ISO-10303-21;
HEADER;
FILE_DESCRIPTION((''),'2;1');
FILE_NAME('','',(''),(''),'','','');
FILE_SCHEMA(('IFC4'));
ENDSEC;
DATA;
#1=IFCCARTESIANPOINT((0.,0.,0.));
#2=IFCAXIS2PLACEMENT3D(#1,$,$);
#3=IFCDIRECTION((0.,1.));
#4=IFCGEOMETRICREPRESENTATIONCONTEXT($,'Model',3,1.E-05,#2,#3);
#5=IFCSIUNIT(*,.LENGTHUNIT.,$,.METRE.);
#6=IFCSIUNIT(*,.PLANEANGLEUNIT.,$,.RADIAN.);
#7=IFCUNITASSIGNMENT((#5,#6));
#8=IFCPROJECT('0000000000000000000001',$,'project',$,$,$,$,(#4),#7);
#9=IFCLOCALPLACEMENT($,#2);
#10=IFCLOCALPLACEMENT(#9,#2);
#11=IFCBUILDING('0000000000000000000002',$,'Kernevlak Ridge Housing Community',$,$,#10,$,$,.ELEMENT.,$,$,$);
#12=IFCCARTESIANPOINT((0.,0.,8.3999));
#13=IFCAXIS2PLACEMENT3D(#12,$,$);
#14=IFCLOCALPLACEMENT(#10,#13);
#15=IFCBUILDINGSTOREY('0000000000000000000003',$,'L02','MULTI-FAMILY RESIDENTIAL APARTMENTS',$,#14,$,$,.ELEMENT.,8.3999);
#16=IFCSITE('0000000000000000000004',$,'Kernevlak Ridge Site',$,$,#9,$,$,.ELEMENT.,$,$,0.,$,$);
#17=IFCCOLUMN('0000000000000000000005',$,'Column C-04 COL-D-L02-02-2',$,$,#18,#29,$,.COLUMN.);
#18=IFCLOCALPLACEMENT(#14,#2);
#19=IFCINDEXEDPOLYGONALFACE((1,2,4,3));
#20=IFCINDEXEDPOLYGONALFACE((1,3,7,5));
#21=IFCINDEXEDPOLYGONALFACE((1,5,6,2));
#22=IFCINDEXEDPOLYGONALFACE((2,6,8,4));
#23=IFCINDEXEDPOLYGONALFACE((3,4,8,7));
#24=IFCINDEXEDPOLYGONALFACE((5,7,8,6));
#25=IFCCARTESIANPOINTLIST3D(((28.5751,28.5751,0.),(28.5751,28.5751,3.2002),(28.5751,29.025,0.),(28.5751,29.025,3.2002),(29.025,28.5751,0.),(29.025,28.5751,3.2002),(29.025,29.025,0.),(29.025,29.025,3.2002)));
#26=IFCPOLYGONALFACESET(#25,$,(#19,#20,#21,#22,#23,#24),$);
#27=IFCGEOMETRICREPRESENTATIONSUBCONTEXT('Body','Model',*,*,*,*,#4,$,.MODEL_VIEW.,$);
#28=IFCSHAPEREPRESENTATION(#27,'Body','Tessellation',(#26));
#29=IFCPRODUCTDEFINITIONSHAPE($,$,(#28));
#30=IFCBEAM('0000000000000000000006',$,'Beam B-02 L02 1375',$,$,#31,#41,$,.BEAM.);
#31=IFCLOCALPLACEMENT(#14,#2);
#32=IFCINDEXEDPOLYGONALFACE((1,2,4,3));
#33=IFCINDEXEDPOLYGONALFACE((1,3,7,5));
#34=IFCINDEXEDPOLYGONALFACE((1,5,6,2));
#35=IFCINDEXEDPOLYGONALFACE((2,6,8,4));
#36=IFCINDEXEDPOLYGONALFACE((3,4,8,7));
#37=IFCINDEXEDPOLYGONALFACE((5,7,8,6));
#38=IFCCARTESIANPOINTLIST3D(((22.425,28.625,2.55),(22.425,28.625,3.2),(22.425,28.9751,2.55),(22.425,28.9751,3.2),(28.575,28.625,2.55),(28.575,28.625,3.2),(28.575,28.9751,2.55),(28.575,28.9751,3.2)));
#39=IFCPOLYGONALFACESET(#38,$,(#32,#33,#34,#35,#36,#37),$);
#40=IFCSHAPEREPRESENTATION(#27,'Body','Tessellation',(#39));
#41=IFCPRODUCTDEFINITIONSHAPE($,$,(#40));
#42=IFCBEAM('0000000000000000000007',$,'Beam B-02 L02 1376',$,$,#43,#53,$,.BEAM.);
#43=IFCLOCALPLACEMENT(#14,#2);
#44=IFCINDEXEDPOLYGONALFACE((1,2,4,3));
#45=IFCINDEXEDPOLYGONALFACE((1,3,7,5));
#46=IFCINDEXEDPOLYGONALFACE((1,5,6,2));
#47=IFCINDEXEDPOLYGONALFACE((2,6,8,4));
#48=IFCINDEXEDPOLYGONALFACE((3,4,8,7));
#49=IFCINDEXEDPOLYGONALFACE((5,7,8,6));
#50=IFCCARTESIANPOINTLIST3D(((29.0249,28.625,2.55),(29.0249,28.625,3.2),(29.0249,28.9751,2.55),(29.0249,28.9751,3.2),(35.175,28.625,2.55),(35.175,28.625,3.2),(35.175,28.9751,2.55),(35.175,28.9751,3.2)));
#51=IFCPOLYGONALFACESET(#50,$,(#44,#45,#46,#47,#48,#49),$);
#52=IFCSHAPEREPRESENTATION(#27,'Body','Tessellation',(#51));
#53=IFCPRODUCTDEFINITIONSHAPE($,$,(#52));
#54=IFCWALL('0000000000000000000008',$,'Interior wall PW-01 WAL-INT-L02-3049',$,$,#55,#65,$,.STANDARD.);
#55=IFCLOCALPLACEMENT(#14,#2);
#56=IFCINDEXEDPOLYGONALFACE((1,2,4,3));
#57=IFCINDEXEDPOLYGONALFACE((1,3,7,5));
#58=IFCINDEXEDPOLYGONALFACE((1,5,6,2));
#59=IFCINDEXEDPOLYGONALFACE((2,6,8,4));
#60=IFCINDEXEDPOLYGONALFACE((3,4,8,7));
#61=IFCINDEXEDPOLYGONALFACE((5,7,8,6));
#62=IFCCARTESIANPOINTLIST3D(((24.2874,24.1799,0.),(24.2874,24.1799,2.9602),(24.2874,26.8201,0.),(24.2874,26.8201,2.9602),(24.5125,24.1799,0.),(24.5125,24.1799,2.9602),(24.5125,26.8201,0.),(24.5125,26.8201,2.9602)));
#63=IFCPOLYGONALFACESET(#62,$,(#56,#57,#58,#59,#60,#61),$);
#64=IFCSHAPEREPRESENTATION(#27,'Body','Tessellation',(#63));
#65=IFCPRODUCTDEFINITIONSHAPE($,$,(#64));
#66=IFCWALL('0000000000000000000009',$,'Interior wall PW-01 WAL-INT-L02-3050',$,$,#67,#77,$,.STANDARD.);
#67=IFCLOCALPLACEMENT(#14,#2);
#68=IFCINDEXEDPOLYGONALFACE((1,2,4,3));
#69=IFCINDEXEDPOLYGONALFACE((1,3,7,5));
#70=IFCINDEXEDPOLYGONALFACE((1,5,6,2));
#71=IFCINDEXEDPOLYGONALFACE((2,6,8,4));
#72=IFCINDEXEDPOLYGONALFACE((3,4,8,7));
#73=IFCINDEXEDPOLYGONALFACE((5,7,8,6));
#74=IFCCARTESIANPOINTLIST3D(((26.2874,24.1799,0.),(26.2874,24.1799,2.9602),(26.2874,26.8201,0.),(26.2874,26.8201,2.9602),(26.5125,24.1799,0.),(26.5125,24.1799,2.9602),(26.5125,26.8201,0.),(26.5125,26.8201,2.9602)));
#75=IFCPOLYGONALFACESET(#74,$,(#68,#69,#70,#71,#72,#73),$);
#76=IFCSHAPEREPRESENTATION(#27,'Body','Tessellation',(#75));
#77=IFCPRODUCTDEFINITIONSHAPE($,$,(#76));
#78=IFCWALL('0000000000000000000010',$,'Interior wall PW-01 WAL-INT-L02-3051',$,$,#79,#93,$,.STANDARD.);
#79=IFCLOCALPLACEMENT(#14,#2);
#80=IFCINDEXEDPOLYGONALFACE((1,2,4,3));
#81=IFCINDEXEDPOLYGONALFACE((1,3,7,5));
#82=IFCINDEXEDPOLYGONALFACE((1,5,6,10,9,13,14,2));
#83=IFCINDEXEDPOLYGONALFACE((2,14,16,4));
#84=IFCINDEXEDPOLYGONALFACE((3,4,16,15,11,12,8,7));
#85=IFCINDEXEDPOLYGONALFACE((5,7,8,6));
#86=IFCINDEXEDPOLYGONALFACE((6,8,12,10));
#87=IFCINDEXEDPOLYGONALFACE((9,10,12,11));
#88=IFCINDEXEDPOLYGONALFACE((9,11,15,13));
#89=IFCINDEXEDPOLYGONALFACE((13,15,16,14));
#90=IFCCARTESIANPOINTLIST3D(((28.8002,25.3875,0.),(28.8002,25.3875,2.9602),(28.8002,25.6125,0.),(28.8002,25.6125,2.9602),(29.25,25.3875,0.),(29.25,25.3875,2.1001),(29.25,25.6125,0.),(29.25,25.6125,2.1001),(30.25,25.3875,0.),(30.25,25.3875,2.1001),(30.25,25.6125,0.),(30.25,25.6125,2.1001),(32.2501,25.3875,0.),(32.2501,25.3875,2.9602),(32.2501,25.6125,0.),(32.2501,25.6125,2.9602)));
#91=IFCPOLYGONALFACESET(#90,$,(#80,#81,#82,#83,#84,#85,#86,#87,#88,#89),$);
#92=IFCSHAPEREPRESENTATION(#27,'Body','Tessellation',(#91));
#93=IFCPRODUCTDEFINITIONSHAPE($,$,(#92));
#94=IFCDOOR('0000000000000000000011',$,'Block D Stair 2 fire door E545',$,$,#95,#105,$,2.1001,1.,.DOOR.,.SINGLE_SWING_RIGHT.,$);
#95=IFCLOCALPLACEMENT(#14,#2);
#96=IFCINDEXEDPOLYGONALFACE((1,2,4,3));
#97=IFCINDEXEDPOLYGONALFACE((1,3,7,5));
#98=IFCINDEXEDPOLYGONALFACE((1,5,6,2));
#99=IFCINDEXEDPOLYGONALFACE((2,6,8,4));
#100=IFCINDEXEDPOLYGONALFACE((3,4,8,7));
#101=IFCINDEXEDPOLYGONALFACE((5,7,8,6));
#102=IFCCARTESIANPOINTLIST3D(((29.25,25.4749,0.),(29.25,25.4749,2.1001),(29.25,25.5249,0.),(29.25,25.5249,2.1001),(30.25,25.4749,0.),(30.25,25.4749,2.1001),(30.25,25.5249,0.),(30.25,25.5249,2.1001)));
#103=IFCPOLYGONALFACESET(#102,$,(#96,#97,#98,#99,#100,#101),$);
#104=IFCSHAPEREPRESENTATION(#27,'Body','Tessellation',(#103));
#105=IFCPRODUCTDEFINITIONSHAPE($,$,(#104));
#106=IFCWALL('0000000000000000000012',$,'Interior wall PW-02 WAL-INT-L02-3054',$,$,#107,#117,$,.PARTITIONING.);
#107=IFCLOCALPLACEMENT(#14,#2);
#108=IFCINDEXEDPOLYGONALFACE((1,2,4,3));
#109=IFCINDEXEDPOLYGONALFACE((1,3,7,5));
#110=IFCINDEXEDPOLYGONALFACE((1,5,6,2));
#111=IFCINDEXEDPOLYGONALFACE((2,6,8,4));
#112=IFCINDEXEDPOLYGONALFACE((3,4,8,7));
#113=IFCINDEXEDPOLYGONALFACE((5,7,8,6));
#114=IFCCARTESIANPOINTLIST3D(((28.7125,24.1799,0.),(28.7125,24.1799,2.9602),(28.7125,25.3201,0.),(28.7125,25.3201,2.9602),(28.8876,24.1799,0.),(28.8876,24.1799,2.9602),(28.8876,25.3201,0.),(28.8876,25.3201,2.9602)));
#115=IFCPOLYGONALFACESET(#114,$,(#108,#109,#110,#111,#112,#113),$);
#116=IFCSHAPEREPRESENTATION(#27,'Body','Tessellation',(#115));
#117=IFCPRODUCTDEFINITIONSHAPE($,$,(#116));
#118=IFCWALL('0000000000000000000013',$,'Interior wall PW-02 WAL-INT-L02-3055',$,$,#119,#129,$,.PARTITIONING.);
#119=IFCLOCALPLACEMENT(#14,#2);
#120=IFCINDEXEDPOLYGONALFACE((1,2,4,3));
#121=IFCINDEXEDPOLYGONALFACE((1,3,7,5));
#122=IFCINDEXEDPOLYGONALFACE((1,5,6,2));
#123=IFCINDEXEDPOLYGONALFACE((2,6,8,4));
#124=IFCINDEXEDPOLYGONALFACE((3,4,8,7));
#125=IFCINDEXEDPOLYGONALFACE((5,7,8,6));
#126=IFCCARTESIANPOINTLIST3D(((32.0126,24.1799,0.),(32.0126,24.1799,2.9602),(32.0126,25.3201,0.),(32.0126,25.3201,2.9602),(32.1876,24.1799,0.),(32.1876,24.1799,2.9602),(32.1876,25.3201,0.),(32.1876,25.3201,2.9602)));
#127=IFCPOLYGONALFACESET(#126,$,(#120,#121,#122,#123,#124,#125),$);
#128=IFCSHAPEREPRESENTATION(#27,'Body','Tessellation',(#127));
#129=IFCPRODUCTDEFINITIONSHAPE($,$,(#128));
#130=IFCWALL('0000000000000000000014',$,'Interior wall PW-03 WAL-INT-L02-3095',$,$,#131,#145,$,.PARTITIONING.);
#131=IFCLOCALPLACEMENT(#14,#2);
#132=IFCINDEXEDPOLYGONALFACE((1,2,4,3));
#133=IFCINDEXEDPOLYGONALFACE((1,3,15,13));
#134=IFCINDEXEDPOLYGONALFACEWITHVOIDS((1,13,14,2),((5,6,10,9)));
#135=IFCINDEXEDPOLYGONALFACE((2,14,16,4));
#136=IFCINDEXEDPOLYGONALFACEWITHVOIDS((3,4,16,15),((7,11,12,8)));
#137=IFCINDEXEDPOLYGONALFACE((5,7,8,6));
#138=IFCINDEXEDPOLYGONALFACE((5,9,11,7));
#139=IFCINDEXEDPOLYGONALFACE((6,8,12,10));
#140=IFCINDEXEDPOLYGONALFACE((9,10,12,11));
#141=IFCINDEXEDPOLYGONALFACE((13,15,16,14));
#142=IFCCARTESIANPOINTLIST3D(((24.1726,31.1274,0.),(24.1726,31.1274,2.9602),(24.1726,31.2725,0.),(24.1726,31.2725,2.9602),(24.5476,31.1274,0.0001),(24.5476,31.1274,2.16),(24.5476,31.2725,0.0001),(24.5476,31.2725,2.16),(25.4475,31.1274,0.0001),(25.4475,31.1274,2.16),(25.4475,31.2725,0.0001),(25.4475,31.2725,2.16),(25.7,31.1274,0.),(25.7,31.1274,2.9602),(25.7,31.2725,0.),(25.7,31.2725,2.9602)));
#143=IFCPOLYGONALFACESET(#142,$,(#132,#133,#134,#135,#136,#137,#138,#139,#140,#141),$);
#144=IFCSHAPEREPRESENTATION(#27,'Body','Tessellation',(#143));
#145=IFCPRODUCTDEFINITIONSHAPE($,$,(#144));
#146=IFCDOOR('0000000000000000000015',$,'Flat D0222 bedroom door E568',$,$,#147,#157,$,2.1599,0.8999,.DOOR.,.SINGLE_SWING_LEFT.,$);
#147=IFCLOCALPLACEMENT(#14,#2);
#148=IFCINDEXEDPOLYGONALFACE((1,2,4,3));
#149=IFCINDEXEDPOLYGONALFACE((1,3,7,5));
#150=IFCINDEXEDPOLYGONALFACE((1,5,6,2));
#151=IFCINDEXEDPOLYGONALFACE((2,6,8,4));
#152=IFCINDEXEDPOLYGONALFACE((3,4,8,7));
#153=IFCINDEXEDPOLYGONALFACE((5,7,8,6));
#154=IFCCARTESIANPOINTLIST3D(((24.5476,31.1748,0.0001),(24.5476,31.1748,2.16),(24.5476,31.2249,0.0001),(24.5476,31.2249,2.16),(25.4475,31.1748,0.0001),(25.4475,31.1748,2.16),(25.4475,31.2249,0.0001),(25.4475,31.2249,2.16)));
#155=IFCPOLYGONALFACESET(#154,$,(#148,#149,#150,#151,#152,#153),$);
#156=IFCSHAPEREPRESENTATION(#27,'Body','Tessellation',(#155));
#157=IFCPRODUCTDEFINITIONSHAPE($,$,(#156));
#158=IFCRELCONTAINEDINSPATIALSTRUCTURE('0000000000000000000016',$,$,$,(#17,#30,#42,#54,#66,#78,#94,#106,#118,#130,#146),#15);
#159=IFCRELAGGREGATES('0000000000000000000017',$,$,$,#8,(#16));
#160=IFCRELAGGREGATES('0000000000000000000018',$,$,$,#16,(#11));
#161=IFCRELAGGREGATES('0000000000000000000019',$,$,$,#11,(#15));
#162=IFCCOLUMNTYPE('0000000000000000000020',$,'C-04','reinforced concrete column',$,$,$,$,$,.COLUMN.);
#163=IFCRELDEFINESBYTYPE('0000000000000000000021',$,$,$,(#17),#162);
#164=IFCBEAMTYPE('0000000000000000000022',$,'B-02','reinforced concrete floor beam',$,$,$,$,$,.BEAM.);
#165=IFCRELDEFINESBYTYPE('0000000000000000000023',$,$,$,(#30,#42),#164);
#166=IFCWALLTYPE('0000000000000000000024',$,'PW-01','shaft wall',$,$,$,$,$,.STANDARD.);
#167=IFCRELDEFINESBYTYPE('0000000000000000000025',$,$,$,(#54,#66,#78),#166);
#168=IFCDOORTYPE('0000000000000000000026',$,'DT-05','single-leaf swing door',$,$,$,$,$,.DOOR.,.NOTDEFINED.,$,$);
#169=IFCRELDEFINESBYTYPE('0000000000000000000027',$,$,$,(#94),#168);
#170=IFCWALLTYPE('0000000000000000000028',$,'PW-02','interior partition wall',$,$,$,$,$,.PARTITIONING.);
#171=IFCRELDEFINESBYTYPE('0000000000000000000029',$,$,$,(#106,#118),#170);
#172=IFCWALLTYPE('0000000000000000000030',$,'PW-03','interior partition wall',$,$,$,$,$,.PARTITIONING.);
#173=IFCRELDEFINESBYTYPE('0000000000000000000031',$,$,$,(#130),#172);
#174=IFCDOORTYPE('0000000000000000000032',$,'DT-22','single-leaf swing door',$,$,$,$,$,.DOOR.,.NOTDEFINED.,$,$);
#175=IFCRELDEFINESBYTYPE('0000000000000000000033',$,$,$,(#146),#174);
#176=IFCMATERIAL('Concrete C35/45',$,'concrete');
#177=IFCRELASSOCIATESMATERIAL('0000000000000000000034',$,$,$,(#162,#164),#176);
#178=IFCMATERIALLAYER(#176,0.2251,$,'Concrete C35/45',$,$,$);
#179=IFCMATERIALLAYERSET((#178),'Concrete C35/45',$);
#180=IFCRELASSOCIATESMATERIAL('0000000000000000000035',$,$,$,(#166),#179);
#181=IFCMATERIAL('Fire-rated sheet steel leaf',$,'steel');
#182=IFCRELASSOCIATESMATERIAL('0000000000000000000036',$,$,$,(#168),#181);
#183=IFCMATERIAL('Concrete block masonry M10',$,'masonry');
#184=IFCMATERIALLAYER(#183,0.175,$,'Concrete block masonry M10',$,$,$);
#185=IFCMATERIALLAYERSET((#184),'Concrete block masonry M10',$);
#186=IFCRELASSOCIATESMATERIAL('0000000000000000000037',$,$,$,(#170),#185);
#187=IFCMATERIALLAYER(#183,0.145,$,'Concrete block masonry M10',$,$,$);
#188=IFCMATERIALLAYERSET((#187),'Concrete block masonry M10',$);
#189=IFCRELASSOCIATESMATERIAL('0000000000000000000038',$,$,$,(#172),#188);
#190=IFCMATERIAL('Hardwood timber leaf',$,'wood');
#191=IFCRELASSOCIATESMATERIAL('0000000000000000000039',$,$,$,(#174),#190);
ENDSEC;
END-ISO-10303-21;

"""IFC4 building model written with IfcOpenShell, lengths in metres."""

from ifc_helpers import new_model, si_unit, direction, frame, frame_2d, origin, origin_2d, place, context, subcontext, project, spatial, rectangle, extrude, material, layer, layer_set, material_profile, profile_set, type_object, element, fill, save


model = new_model("IFC4")

# Units and contexts
model_context = context("Model", 3, precision=1e-05, world=origin(), true_north=direction((0.0, 1.0)))
body_context = subcontext(model_context, "Body", "Model", "MODEL_VIEW")
ifc_project = project(units=[si_unit("LENGTHUNIT", "METRE"), si_unit("PLANEANGLEUNIT", "RADIAN")], contexts=[model_context])

# Site, building, storey
site_placement = place(None, origin())
site = spatial("IfcSite", under=ifc_project, at=site_placement, Name="Kernevlak Ridge Site", CompositionType="ELEMENT", RefElevation=0.0)
building_placement = place(site_placement, origin())
building = spatial("IfcBuilding", under=site, at=building_placement, Name="Kernevlak Ridge Housing Community", CompositionType="ELEMENT")
storey_placement = place(building_placement, frame((0.0, 0.0, 8.3999)))
storey = spatial("IfcBuildingStorey", under=building, at=storey_placement, Name="L02", Description="MULTI-FAMILY RESIDENTIAL APARTMENTS", CompositionType="ELEMENT", Elevation=8.3999)

# Column
ifc_material_1 = material(Name="Concrete C35/45", Category="concrete")
ifc_material_profile_1 = material_profile(ifc_material_1, rectangle(XDim=0.45, YDim=0.45, at=origin_2d()), Name="RC 450x450")
ifc_profile_set_1 = profile_set([ifc_material_profile_1], Name="Concrete C35/45")
column_type = type_object("IfcColumnType", Name="C-04", Description="reinforced concrete column", PredefinedType="COLUMN", material=ifc_profile_set_1)
column_placement = place(storey_placement, frame((28.8, 28.8, 0.0), z_axis=(0.0, 0.0, 1.0), x_axis=(1.0, 0.0, 0.0)))
element("IfcColumn", 1, at=column_placement, inside=storey, type_object=column_type, Name="Column C-04 COL-D-L02-02-2", PredefinedType="COLUMN", context=body_context, shape_type="SweptSolid", body=[
    extrude(rectangle(XDim=0.45, YDim=0.45, at=origin_2d()), origin(), (0.0, 0.0, 1.0), 3.2002),
])

# Beams
ifc_material_profile_2 = material_profile(ifc_material_1, rectangle(XDim=0.3501, YDim=0.6499, at=origin_2d()), Name="RC 350x650")
ifc_profile_set_2 = profile_set([ifc_material_profile_2], Name="Concrete C35/45")
beam_type = type_object("IfcBeamType", Name="B-02", Description="reinforced concrete floor beam", PredefinedType="BEAM", material=ifc_profile_set_2)
beam_1_placement = place(storey_placement, frame((22.425, 28.8, 2.875), z_axis=(1.0, 0.0, 0.0), x_axis=(0.0, 1.0, 0.0)))
element("IfcBeam", 2, at=beam_1_placement, inside=storey, type_object=beam_type, Name="Beam B-02 L02 1375", PredefinedType="BEAM", context=body_context, shape_type="SweptSolid", body=[
    extrude(rectangle(XDim=0.3501, YDim=0.6499, at=origin_2d()), origin(), (0.0, 0.0, 1.0), 6.1499),
])
beam_2_placement = place(storey_placement, frame((29.0249, 28.8, 2.875), z_axis=(1.0, 0.0, 0.0), x_axis=(0.0, 1.0, 0.0)))
element("IfcBeam", 3, at=beam_2_placement, inside=storey, type_object=beam_type, Name="Beam B-02 L02 1376", PredefinedType="BEAM", context=body_context, shape_type="SweptSolid", body=[
    extrude(rectangle(XDim=0.3501, YDim=0.6499, at=origin_2d()), origin(), (0.0, 0.0, 1.0), 6.1501),
])

# Walls
ifc_layer_1 = layer(ifc_material_1, 0.2251, Name="Concrete C35/45")
ifc_layer_set_1 = layer_set([ifc_layer_1], Name="Concrete C35/45")
wall_type_1 = type_object("IfcWallType", Name="PW-01", Description="shaft wall", PredefinedType="STANDARD", material=ifc_layer_set_1)
for number, where, z_axis, x_axis, name in (
    (4, (24.3999, 24.1799, 0.0), (0.0, 0.0, 1.0), (0.0, 1.0, 0.0), "Interior wall PW-01 WAL-INT-L02-3049"),
    (5, (26.3999, 24.1799, 0.0), (0.0, 0.0, 1.0), (0.0, 1.0, 0.0), "Interior wall PW-01 WAL-INT-L02-3050"),
):
    element("IfcWall", number, at=place(storey_placement, frame(where, z_axis=z_axis, x_axis=x_axis)), inside=storey, type_object=wall_type_1, Name=name, PredefinedType="STANDARD", context=body_context, shape_type="SweptSolid", body=[
        extrude(rectangle(XDim=2.6401, YDim=0.2251, at=frame_2d((1.3201, 0.0))), origin(), (0.0, 0.0, 1.0), 2.9602),
    ])

# Wall, opening, door
wall_1_placement = place(storey_placement, frame((28.8, 25.5, 0.0), z_axis=(0.0, 0.0, 1.0), x_axis=(1.0, 0.0, 0.0)))
wall_1 = element("IfcWall", 6, at=wall_1_placement, inside=storey, type_object=wall_type_1, Name="Interior wall PW-01 WAL-INT-L02-3051", PredefinedType="STANDARD", context=body_context, shape_type="SweptSolid", body=[
    extrude(rectangle(XDim=3.45, YDim=0.2251, at=frame_2d((1.7251, 0.0))), origin(), (0.0, 0.0, 1.0), 2.9602),
])
opening_1_placement = place(wall_1_placement, frame((0.45, 0.0, 0.0)))
opening_1 = element("IfcOpeningElement", 7, at=opening_1_placement, cuts=wall_1, PredefinedType="OPENING", context=body_context, shape_type="SweptSolid", body=[
    extrude(rectangle(XDim=1.0, YDim=2.1001, at=frame_2d((0.5, 1.05))), frame((0.0, 0.1226, 0.0), z_axis=(0.0, -1.0, 0.0), x_axis=(1.0, 0.0, 0.0)), (0.0, 0.0, 1.0), 0.2451),
])
ifc_material_2 = material(Name="Fire-rated sheet steel leaf", Category="steel")
door_type_1 = type_object("IfcDoorType", Name="DT-05", Description="single-leaf swing door", OperationType="NOTDEFINED", PredefinedType="DOOR", material=ifc_material_2)
door_1_placement = place(opening_1_placement, origin())
door_1 = element("IfcDoor", 8, at=door_1_placement, inside=storey, type_object=door_type_1, Name="Block D Stair 2 fire door E545", OperationType="SINGLE_SWING_RIGHT", OverallHeight=2.1001, OverallWidth=1.0, PredefinedType="DOOR", context=body_context, shape_type="SweptSolid", body=[
    extrude(rectangle(XDim=1.0, YDim=2.1001, at=frame_2d((0.5, 1.05))), frame((0.0, 0.0249, 0.0), z_axis=(0.0, -1.0, 0.0), x_axis=(1.0, 0.0, 0.0)), (0.0, 0.0, 1.0), 0.05),
])
fill(opening_1, door_1)

# Walls
ifc_material_3 = material(Name="Concrete block masonry M10", Category="masonry")
ifc_layer_2 = layer(ifc_material_3, 0.175, Name="Concrete block masonry M10")
ifc_layer_set_2 = layer_set([ifc_layer_2], Name="Concrete block masonry M10")
wall_type_2 = type_object("IfcWallType", Name="PW-02", Description="interior partition wall", PredefinedType="PARTITIONING", material=ifc_layer_set_2)
for number, where, z_axis, x_axis, name in (
    (9, (28.8, 24.1799, 0.0), (0.0, 0.0, 1.0), (0.0, 1.0, 0.0), "Interior wall PW-02 WAL-INT-L02-3054"),
    (10, (32.1001, 24.1799, 0.0), (0.0, 0.0, 1.0), (0.0, 1.0, 0.0), "Interior wall PW-02 WAL-INT-L02-3055"),
):
    element("IfcWall", number, at=place(storey_placement, frame(where, z_axis=z_axis, x_axis=x_axis)), inside=storey, type_object=wall_type_2, Name=name, PredefinedType="PARTITIONING", context=body_context, shape_type="SweptSolid", body=[
        extrude(rectangle(XDim=1.1401, YDim=0.175, at=frame_2d((0.5701, 0.0))), origin(), (0.0, 0.0, 1.0), 2.9602),
    ])

# Wall, opening, door
ifc_layer_3 = layer(ifc_material_3, 0.145, Name="Concrete block masonry M10")
ifc_layer_set_3 = layer_set([ifc_layer_3], Name="Concrete block masonry M10")
wall_type_3 = type_object("IfcWallType", Name="PW-03", Description="interior partition wall", PredefinedType="PARTITIONING", material=ifc_layer_set_3)
wall_2_placement = place(storey_placement, frame((24.1726, 31.2, 0.0), z_axis=(0.0, 0.0, 1.0), x_axis=(1.0, 0.0, 0.0)))
wall_2 = element("IfcWall", 11, at=wall_2_placement, inside=storey, type_object=wall_type_3, Name="Interior wall PW-03 WAL-INT-L02-3095", PredefinedType="PARTITIONING", context=body_context, shape_type="SweptSolid", body=[
    extrude(rectangle(XDim=1.5273, YDim=0.145, at=frame_2d((0.7637, 0.0))), origin(), (0.0, 0.0, 1.0), 2.9602),
])
opening_2_placement = place(wall_2_placement, frame((0.375, 0.0, 0.0)))
opening_2 = element("IfcOpeningElement", 12, at=opening_2_placement, cuts=wall_2, PredefinedType="OPENING", context=body_context, shape_type="SweptSolid", body=[
    extrude(rectangle(XDim=0.8999, YDim=2.1599, at=frame_2d((0.45, 1.0801))), frame((0.0, 0.0825, 0.0), z_axis=(0.0, -1.0, 0.0), x_axis=(1.0, 0.0, 0.0)), (0.0, 0.0, 1.0), 0.165),
])
ifc_material_4 = material(Name="Hardwood timber leaf", Category="wood")
door_type_2 = type_object("IfcDoorType", Name="DT-22", Description="single-leaf swing door", OperationType="NOTDEFINED", PredefinedType="DOOR", material=ifc_material_4)
door_2_placement = place(opening_2_placement, origin())
door_2 = element("IfcDoor", 13, at=door_2_placement, inside=storey, type_object=door_type_2, Name="Flat D0222 bedroom door E568", OperationType="SINGLE_SWING_LEFT", OverallHeight=2.1599, OverallWidth=0.8999, PredefinedType="DOOR", context=body_context, shape_type="SweptSolid", body=[
    extrude(rectangle(XDim=0.8999, YDim=2.1599, at=frame_2d((0.45, 1.0801))), frame((0.0, 0.0249, 0.0), z_axis=(0.0, -1.0, 0.0), x_axis=(1.0, 0.0, 0.0)), (0.0, 0.0, 1.0), 0.05),
])
fill(opening_2, door_2)

save(model, "model.ifc")
